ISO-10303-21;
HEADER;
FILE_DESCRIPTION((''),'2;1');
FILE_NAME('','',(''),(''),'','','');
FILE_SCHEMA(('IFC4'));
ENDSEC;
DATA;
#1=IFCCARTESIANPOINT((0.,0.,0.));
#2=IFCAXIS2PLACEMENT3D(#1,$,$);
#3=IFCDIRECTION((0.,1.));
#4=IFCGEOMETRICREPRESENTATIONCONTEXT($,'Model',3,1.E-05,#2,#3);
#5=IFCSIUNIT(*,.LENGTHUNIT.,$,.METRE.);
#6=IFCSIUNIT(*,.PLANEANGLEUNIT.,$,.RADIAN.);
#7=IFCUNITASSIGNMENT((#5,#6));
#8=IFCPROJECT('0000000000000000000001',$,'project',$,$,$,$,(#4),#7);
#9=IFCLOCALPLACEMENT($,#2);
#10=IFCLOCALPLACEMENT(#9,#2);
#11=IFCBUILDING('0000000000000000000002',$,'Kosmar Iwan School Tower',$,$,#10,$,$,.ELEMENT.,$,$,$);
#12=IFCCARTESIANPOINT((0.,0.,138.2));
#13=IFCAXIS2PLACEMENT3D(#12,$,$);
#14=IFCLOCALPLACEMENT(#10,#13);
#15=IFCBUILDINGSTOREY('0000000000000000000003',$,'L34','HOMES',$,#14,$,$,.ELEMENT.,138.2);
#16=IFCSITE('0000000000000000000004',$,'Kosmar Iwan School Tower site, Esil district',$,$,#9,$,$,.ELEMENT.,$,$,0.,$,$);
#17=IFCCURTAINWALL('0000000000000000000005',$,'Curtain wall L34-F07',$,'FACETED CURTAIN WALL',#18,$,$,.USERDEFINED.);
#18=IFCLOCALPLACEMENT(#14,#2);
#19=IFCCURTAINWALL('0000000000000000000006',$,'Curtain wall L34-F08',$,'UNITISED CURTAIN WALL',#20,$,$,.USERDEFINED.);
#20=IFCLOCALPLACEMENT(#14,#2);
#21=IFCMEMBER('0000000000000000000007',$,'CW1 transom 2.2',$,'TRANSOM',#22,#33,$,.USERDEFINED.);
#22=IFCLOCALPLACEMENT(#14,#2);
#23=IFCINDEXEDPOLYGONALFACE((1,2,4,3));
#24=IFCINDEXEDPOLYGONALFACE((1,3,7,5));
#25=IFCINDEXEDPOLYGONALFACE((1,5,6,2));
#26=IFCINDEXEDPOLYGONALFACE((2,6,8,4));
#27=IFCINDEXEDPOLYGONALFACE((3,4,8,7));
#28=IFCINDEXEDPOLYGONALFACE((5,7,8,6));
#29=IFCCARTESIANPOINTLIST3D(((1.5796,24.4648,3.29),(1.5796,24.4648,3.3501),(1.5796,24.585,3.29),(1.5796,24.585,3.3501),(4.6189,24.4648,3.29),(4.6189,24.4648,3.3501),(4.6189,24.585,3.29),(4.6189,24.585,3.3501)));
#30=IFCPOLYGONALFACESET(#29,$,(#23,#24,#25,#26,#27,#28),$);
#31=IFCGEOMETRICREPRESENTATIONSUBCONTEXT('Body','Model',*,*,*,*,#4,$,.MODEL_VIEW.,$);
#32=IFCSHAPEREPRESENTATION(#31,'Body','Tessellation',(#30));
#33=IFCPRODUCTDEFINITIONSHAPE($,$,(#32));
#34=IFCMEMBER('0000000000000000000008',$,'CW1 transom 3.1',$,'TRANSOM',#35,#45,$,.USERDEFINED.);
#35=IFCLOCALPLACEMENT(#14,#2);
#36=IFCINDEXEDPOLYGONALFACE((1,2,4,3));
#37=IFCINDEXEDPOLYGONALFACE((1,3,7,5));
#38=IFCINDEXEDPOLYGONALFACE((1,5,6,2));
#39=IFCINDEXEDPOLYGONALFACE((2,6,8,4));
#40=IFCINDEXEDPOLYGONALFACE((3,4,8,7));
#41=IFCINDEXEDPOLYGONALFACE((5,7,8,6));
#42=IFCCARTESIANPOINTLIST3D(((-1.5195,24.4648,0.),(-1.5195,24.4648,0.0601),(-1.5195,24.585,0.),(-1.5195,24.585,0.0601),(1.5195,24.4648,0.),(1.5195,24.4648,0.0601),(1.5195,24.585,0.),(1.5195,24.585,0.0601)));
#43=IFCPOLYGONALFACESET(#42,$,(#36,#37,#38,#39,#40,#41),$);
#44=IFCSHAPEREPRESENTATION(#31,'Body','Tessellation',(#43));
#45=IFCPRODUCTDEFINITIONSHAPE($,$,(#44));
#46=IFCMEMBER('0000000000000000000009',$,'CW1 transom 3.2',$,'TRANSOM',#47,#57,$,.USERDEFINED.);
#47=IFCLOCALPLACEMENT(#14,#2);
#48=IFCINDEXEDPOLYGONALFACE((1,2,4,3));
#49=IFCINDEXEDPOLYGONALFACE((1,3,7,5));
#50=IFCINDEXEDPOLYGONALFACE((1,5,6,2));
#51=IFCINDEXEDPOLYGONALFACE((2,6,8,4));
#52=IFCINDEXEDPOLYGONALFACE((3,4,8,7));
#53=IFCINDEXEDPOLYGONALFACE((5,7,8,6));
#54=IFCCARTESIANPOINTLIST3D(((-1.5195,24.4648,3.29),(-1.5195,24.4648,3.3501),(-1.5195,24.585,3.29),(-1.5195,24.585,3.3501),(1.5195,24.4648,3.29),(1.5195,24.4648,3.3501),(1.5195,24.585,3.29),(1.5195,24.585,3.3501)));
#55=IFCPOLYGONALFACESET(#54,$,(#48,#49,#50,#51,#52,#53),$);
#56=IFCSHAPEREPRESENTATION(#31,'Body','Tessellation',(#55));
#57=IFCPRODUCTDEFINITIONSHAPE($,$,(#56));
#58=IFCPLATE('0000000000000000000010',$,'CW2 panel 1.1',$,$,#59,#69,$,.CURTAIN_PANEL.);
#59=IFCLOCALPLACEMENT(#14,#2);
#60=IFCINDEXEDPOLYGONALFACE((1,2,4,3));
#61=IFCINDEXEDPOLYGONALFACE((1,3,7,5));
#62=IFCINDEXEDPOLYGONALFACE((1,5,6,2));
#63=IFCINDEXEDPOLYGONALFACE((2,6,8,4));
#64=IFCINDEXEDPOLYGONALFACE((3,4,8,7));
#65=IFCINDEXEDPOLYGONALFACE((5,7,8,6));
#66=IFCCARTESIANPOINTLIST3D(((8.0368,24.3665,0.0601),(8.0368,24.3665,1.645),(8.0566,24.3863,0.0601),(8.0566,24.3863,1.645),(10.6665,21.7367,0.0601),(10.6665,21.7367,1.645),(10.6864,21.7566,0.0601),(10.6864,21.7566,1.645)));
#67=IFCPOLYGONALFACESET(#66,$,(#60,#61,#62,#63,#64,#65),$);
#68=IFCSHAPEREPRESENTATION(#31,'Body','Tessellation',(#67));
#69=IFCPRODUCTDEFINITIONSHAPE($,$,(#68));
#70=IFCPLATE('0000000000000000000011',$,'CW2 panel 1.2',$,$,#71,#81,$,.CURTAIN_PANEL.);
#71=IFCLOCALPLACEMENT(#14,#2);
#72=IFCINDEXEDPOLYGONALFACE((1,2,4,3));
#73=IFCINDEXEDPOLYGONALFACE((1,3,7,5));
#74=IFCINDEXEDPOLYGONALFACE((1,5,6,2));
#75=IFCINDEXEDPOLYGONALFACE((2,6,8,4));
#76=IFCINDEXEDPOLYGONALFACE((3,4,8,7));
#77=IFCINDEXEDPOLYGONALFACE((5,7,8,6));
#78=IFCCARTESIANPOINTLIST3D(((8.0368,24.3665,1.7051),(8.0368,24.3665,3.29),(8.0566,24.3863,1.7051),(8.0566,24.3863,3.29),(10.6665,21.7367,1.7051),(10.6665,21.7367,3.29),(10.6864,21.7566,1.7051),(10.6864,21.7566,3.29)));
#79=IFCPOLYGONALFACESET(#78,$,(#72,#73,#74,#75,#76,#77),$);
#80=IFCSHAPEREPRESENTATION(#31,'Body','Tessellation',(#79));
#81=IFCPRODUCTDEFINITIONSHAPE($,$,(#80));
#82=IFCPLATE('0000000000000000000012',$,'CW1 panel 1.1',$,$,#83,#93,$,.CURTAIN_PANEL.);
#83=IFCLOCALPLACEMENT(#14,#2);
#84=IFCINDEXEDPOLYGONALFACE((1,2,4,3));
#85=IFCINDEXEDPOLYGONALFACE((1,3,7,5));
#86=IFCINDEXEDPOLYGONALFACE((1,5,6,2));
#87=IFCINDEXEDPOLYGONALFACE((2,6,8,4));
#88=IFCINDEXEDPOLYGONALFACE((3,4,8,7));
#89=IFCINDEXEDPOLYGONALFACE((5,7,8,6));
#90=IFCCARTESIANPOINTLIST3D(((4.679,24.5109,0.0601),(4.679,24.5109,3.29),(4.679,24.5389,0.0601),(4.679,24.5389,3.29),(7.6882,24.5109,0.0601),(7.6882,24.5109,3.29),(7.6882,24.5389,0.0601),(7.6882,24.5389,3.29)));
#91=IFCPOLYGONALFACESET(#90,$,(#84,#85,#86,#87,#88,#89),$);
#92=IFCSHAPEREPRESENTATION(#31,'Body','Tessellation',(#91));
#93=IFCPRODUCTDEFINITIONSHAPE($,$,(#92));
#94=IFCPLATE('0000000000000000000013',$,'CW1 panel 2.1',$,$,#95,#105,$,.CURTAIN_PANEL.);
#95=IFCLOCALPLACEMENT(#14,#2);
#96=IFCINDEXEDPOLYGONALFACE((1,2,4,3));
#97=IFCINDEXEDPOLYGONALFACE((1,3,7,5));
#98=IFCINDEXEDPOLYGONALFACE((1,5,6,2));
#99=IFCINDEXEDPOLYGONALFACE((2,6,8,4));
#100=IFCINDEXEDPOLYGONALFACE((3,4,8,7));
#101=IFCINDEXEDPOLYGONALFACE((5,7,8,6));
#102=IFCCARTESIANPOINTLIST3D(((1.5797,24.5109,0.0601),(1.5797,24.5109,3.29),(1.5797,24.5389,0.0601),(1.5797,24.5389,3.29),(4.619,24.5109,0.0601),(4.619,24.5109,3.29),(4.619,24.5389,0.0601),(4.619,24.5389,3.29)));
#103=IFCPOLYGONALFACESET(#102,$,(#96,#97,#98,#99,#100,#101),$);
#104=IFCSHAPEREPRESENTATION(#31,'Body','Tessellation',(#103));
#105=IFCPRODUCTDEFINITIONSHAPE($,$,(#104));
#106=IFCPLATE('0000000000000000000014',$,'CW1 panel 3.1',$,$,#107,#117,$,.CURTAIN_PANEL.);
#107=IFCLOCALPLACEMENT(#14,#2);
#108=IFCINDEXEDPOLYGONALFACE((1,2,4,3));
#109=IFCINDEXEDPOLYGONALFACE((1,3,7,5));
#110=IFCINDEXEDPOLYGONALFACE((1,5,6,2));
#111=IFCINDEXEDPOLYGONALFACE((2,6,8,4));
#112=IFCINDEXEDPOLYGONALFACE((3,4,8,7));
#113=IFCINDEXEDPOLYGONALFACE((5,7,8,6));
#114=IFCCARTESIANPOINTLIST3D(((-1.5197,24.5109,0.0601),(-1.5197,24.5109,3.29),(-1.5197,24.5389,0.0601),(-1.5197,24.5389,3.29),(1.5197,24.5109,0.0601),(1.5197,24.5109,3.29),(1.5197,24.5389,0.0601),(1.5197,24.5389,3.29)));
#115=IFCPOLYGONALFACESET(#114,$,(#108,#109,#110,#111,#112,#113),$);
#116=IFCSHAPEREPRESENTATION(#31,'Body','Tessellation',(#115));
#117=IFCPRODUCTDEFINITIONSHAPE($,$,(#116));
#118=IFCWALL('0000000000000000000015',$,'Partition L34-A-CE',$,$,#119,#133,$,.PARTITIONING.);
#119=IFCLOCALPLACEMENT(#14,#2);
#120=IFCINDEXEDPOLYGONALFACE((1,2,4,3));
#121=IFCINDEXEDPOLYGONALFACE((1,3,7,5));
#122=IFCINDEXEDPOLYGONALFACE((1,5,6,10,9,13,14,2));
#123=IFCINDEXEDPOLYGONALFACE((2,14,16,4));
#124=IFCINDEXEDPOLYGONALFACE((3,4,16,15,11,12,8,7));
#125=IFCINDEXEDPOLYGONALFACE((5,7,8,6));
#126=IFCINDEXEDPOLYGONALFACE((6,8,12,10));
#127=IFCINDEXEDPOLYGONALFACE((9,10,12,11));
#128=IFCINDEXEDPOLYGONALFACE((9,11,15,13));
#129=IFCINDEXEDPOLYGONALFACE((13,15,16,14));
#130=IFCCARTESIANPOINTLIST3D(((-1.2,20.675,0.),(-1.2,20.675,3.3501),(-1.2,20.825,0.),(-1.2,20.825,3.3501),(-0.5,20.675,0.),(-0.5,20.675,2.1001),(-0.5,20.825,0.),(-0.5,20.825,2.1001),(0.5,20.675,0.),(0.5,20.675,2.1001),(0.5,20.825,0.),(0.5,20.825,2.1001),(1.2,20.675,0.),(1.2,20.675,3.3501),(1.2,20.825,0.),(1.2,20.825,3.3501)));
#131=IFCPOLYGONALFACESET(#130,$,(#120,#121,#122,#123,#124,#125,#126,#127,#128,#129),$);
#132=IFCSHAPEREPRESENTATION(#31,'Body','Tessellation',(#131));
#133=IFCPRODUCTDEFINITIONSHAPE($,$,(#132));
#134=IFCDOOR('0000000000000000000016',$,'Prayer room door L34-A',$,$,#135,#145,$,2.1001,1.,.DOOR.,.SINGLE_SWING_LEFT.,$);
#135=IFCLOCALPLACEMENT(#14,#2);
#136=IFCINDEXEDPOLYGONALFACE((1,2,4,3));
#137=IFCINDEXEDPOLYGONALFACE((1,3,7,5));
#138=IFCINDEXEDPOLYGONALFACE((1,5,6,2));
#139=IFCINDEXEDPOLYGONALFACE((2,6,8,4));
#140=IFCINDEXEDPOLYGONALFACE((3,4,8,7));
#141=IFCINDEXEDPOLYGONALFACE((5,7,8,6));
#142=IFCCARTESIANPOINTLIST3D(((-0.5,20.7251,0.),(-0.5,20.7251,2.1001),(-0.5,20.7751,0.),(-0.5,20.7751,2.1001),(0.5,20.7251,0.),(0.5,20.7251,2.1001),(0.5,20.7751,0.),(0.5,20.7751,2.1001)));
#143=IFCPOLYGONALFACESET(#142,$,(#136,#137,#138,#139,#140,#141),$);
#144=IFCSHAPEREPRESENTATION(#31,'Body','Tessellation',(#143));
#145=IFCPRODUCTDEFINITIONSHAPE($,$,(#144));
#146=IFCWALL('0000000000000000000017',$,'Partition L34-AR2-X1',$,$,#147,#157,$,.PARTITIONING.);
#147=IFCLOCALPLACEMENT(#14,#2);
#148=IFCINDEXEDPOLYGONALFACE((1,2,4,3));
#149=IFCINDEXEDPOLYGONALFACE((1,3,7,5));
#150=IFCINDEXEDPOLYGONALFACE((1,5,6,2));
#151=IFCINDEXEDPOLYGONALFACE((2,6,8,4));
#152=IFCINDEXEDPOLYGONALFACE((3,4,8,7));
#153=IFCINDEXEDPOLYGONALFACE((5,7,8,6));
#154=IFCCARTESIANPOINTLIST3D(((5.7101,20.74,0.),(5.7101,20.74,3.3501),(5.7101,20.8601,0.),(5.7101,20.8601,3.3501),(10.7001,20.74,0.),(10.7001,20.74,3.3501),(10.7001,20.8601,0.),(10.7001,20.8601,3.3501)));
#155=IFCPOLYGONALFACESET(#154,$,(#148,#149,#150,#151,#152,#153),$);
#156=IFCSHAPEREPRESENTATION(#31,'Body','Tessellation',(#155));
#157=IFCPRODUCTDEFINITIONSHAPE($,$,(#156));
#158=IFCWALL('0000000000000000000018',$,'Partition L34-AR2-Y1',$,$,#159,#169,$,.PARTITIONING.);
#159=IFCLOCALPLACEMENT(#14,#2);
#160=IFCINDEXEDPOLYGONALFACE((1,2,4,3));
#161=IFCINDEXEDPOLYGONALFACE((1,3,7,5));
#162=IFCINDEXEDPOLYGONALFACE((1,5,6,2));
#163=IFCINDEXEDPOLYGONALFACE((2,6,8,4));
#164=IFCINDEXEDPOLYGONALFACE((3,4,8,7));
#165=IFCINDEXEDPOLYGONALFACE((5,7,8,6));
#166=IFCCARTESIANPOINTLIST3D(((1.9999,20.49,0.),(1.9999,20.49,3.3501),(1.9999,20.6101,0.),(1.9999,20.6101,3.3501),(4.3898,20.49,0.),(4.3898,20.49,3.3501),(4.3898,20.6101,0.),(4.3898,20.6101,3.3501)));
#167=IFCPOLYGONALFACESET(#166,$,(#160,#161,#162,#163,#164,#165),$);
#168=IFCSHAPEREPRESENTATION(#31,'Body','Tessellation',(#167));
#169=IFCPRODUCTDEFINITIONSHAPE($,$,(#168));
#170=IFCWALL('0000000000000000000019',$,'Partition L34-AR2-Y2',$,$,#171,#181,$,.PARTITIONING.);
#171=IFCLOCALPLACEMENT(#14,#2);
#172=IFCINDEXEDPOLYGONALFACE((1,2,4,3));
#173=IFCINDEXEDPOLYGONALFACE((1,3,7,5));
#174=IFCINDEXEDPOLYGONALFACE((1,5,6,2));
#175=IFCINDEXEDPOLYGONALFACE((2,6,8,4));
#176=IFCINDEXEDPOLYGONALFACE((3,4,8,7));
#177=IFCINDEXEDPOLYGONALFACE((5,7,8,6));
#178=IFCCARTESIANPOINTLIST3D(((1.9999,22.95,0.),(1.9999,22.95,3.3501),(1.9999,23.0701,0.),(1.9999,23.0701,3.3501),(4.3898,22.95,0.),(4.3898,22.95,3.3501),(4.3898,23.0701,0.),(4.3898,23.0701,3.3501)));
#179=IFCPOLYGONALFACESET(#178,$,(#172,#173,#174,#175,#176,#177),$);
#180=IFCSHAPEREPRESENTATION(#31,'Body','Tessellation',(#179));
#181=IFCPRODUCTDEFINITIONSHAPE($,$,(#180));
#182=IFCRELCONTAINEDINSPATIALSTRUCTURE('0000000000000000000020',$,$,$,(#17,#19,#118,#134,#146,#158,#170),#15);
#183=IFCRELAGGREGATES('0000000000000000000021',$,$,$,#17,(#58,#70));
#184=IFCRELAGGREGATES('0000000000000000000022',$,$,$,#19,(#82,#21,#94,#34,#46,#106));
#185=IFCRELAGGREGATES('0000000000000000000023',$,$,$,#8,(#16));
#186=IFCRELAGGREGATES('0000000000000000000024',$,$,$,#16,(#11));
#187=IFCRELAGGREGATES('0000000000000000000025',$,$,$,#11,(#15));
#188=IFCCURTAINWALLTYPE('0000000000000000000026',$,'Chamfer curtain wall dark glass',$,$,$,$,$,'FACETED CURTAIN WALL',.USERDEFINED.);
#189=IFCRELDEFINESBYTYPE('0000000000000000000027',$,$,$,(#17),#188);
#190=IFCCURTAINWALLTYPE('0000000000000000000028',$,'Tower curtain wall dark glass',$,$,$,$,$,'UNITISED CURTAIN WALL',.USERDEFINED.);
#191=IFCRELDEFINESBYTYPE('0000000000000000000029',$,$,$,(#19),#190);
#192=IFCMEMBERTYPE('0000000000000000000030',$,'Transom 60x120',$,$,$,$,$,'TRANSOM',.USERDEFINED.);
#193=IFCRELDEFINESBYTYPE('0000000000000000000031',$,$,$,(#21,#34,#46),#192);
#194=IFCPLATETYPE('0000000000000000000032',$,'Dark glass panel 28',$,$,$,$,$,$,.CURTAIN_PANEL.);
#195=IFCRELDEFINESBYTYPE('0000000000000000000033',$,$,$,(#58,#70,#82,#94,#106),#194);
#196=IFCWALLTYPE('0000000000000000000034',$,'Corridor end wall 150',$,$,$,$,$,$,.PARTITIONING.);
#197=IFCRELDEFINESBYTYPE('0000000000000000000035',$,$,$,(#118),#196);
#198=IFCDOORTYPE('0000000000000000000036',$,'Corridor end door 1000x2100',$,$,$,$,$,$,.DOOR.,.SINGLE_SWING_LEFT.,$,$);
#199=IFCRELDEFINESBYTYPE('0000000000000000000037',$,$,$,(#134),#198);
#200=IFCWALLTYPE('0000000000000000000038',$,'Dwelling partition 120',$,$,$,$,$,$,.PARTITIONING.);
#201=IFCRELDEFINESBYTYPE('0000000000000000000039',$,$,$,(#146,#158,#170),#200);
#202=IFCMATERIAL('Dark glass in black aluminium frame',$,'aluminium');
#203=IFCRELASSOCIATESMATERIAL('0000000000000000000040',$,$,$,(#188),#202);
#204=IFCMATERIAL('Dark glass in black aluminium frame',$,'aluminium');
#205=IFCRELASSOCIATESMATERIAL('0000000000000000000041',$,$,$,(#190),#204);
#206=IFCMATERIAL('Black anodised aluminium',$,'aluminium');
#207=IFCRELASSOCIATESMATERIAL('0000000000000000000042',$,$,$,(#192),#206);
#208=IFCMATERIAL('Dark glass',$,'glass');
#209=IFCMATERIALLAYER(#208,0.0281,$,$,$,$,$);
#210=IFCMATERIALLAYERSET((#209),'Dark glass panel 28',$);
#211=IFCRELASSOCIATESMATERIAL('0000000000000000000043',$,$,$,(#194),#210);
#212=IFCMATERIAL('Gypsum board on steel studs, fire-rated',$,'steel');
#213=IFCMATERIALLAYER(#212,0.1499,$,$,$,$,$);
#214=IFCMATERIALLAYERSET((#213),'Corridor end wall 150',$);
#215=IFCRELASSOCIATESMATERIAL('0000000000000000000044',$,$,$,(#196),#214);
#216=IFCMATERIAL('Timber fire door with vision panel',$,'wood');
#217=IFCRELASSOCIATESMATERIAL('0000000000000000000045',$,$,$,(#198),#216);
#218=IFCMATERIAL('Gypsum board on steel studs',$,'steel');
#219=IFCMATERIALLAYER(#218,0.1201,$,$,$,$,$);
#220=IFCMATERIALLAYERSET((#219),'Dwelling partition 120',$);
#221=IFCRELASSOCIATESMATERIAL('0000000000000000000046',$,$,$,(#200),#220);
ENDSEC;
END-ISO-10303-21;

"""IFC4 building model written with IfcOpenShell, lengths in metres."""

from ifc_helpers import new_model, si_unit, direction, frame, frame_2d, origin, origin_2d, place, context, subcontext, project, spatial, rectangle, extrude, material, layer, layer_set, material_profile, profile_set, type_object, element, fill, aggregate, save


model = new_model("IFC4")

# Units and contexts
model_context = context("Model", 3, precision=1e-05, world=origin(), true_north=direction((0.0, 1.0)))
body_context = subcontext(model_context, "Body", "Model", "MODEL_VIEW")
ifc_project = project(units=[si_unit("LENGTHUNIT", "METRE"), si_unit("PLANEANGLEUNIT", "RADIAN")], contexts=[model_context])

# Site, building, storey
site_placement = place(None, origin())
site = spatial("IfcSite", under=ifc_project, at=site_placement, Name="Kosmar Iwan School Tower site, Esil district", CompositionType="ELEMENT", RefElevation=0.0)
building_placement = place(site_placement, origin())
building = spatial("IfcBuilding", under=site, at=building_placement, Name="Kosmar Iwan School Tower", CompositionType="ELEMENT")
storey_placement = place(building_placement, frame((0.0, 0.0, 138.2)))
storey = spatial("IfcBuildingStorey", under=building, at=storey_placement, Name="L34", Description="HOMES", CompositionType="ELEMENT", Elevation=138.2)

# Curtain walls
ifc_material_1 = material(Name="Dark glass in black aluminium frame", Category="aluminium")
curtain_wall_type_1 = type_object("IfcCurtainWallType", Name="Chamfer curtain wall dark glass", ElementType="FACETED CURTAIN WALL", PredefinedType="USERDEFINED", material=ifc_material_1)
curtain_wall_1_placement = place(storey_placement, origin())
curtain_wall_1 = element("IfcCurtainWall", 1, at=curtain_wall_1_placement, inside=storey, type_object=curtain_wall_type_1, Name="Curtain wall L34-F07", ObjectType="FACETED CURTAIN WALL", PredefinedType="USERDEFINED")
ifc_material_2 = material(Name="Dark glass in black aluminium frame", Category="aluminium")
curtain_wall_type_2 = type_object("IfcCurtainWallType", Name="Tower curtain wall dark glass", ElementType="UNITISED CURTAIN WALL", PredefinedType="USERDEFINED", material=ifc_material_2)
curtain_wall_2_placement = place(storey_placement, origin())
curtain_wall_2 = element("IfcCurtainWall", 2, at=curtain_wall_2_placement, inside=storey, type_object=curtain_wall_type_2, Name="Curtain wall L34-F08", ObjectType="UNITISED CURTAIN WALL", PredefinedType="USERDEFINED")

# Members
ifc_material_3 = material(Name="Black anodised aluminium", Category="aluminium")
ifc_material_profile_1 = material_profile(ifc_material_3, rectangle(XDim=0.1201, YDim=0.0601, at=origin_2d()), Name="TRANSOM 60x120")
ifc_profile_set_1 = profile_set([ifc_material_profile_1], Name="Black anodised aluminium")
member_type_1 = type_object("IfcMemberType", Name="Transom 60x120", ElementType="TRANSOM", PredefinedType="USERDEFINED", material=ifc_profile_set_1)
member_1_placement = place(storey_placement, frame((4.6189, 24.5249, 3.3201), z_axis=(-1.0, 0.0, 0.0), x_axis=(0.0, -1.0, 0.0)))
member_1 = element("IfcMember", 3, at=member_1_placement, type_object=member_type_1, Name="CW1 transom 2.2", ObjectType="TRANSOM", PredefinedType="USERDEFINED", context=body_context, shape_type="SweptSolid", body=[
    extrude(rectangle(XDim=0.1201, YDim=0.0601, at=origin_2d()), origin(), (0.0, 0.0, 1.0), 3.0393),
])
member_2_placement = place(storey_placement, frame((1.5195, 24.5249, 0.03), z_axis=(-1.0, 0.0, 0.0), x_axis=(0.0, -1.0, 0.0)))
member_2 = element("IfcMember", 4, at=member_2_placement, type_object=member_type_1, Name="CW1 transom 3.1", ObjectType="TRANSOM", PredefinedType="USERDEFINED", context=body_context, shape_type="SweptSolid", body=[
    extrude(rectangle(XDim=0.1201, YDim=0.0601, at=origin_2d()), origin(), (0.0, 0.0, 1.0), 3.0391),
])
member_3_placement = place(storey_placement, frame((1.5195, 24.5249, 3.3201), z_axis=(-1.0, 0.0, 0.0), x_axis=(0.0, -1.0, 0.0)))
member_3 = element("IfcMember", 5, at=member_3_placement, type_object=member_type_1, Name="CW1 transom 3.2", ObjectType="TRANSOM", PredefinedType="USERDEFINED", context=body_context, shape_type="SweptSolid", body=[
    extrude(rectangle(XDim=0.1201, YDim=0.0601, at=origin_2d()), origin(), (0.0, 0.0, 1.0), 3.0391),
])

# Plates
ifc_material_4 = material(Name="Dark glass", Category="glass")
ifc_layer_1 = layer(ifc_material_4, 0.0281)
ifc_layer_set_1 = layer_set([ifc_layer_1], Name="Dark glass panel 28")
plate_type = type_object("IfcPlateType", Name="Dark glass panel 28", PredefinedType="CURTAIN_PANEL", material=ifc_layer_set_1)
plate_1_placement = place(storey_placement, frame((9.3616, 23.0615, 0.0601), z_axis=(0.0, 0.0, 1.0), x_axis=(-0.707107, 0.707107, 0.0)))
plate_1 = element("IfcPlate", 6, at=plate_1_placement, type_object=plate_type, Name="CW2 panel 1.1", PredefinedType="CURTAIN_PANEL", context=body_context, shape_type="SweptSolid", body=[
    extrude(rectangle(XDim=3.719, YDim=0.0281, at=origin_2d()), origin(), (0.0, 0.0, 1.0), 1.585),
])
plate_2_placement = place(storey_placement, frame((9.3616, 23.0615, 1.7051), z_axis=(0.0, 0.0, 1.0), x_axis=(-0.707107, 0.707107, 0.0)))
plate_2 = element("IfcPlate", 7, at=plate_2_placement, type_object=plate_type, Name="CW2 panel 1.2", PredefinedType="CURTAIN_PANEL", context=body_context, shape_type="SweptSolid", body=[
    extrude(rectangle(XDim=3.719, YDim=0.0281, at=origin_2d()), origin(), (0.0, 0.0, 1.0), 1.585),
])
aggregate(curtain_wall_1, [plate_1, plate_2])
plate_3_placement = place(storey_placement, frame((6.1836, 24.5249, 0.0601), z_axis=(0.0, 0.0, 1.0), x_axis=(-1.0, 0.0, 0.0)))
plate_3 = element("IfcPlate", 8, at=plate_3_placement, type_object=plate_type, Name="CW1 panel 1.1", PredefinedType="CURTAIN_PANEL", context=body_context, shape_type="SweptSolid", body=[
    extrude(rectangle(XDim=3.0093, YDim=0.0281, at=origin_2d()), origin(), (0.0, 0.0, 1.0), 3.23),
])
plate_4_placement = place(storey_placement, frame((3.0994, 24.5249, 0.0601), z_axis=(0.0, 0.0, 1.0), x_axis=(-1.0, 0.0, 0.0)))
plate_4 = element("IfcPlate", 9, at=plate_4_placement, type_object=plate_type, Name="CW1 panel 2.1", PredefinedType="CURTAIN_PANEL", context=body_context, shape_type="SweptSolid", body=[
    extrude(rectangle(XDim=3.0393, YDim=0.0281, at=origin_2d()), origin(), (0.0, 0.0, 1.0), 3.23),
])
plate_5_placement = place(storey_placement, frame((0.0, 24.5249, 0.0601), z_axis=(0.0, 0.0, 1.0), x_axis=(-1.0, 0.0, 0.0)))
plate_5 = element("IfcPlate", 10, at=plate_5_placement, type_object=plate_type, Name="CW1 panel 3.1", PredefinedType="CURTAIN_PANEL", context=body_context, shape_type="SweptSolid", body=[
    extrude(rectangle(XDim=3.0393, YDim=0.0281, at=origin_2d()), origin(), (0.0, 0.0, 1.0), 3.23),
])
aggregate(curtain_wall_2, [plate_3, member_1, plate_4, member_2, member_3, plate_5])

# Wall, opening, door
ifc_material_5 = material(Name="Gypsum board on steel studs, fire-rated", Category="steel")
ifc_layer_2 = layer(ifc_material_5, 0.1499)
ifc_layer_set_2 = layer_set([ifc_layer_2], Name="Corridor end wall 150")
wall_type_1 = type_object("IfcWallType", Name="Corridor end wall 150", PredefinedType="PARTITIONING", material=ifc_layer_set_2)
wall_1_placement = place(storey_placement, frame((1.2, 20.75, 0.0), z_axis=(0.0, 0.0, 1.0), x_axis=(-1.0, 0.0, 0.0)))
wall_1 = element("IfcWall", 11, at=wall_1_placement, inside=storey, type_object=wall_type_1, Name="Partition L34-A-CE", PredefinedType="PARTITIONING", context=body_context, shape_type="SweptSolid", body=[
    extrude(rectangle(XDim=2.3999, YDim=0.1499, at=frame_2d((1.2, 0.0))), origin(), (0.0, 0.0, 1.0), 3.3501),
])
opening_placement = place(wall_1_placement, frame((0.7, 0.0, 0.0)))
opening = element("IfcOpeningElement", 12, at=opening_placement, cuts=wall_1, PredefinedType="OPENING", context=body_context, shape_type="SweptSolid", body=[
    extrude(rectangle(XDim=1.0, YDim=2.1001, at=frame_2d((0.5, 1.05))), frame((0.0, 0.0869, 0.0), z_axis=(0.0, -1.0, 0.0), x_axis=(1.0, 0.0, 0.0)), (0.0, 0.0, 1.0), 0.1738),
])
ifc_material_6 = material(Name="Timber fire door with vision panel", Category="wood")
door_type = type_object("IfcDoorType", Name="Corridor end door 1000x2100", OperationType="SINGLE_SWING_LEFT", PredefinedType="DOOR", material=ifc_material_6)
door_placement = place(opening_placement, origin())
door = element("IfcDoor", 13, at=door_placement, inside=storey, type_object=door_type, Name="Prayer room door L34-A", OperationType="SINGLE_SWING_LEFT", OverallHeight=2.1001, OverallWidth=1.0, PredefinedType="DOOR", context=body_context, shape_type="SweptSolid", body=[
    extrude(rectangle(XDim=1.0, YDim=2.1001, at=frame_2d((0.5, 1.05))), frame((0.0, 0.0249, 0.0), z_axis=(0.0, -1.0, 0.0), x_axis=(1.0, 0.0, 0.0)), (0.0, 0.0, 1.0), 0.05),
])
fill(opening, door)

# Walls
ifc_material_7 = material(Name="Gypsum board on steel studs", Category="steel")
ifc_layer_3 = layer(ifc_material_7, 0.1201)
ifc_layer_set_3 = layer_set([ifc_layer_3], Name="Dwelling partition 120")
wall_type_2 = type_object("IfcWallType", Name="Dwelling partition 120", PredefinedType="PARTITIONING", material=ifc_layer_set_3)
wall_2_placement = place(storey_placement, frame((5.71, 20.8, 0.0), z_axis=(0.0, 0.0, 1.0), x_axis=(1.0, 0.0, 0.0)))
element("IfcWall", 14, at=wall_2_placement, inside=storey, type_object=wall_type_2, Name="Partition L34-AR2-X1", PredefinedType="PARTITIONING", context=body_context, shape_type="SweptSolid", body=[
    extrude(rectangle(XDim=4.99, YDim=0.1201, at=frame_2d((2.4951, 0.0))), origin(), (0.0, 0.0, 1.0), 3.3501),
])
for number, where, z_axis, x_axis, name in (
    (15, (2.0, 20.55, 0.0), (0.0, 0.0, 1.0), (1.0, 0.0, 0.0), "Partition L34-AR2-Y1"),
    (16, (2.0, 23.01, 0.0), (0.0, 0.0, 1.0), (1.0, 0.0, 0.0), "Partition L34-AR2-Y2"),
):
    element("IfcWall", number, at=place(storey_placement, frame(where, z_axis=z_axis, x_axis=x_axis)), inside=storey, type_object=wall_type_2, Name=name, PredefinedType="PARTITIONING", context=body_context, shape_type="SweptSolid", body=[
        extrude(rectangle(XDim=2.3899, YDim=0.1201, at=frame_2d((1.1948, 0.0))), origin(), (0.0, 0.0, 1.0), 3.3501),
    ])

save(model, "model.ifc")
